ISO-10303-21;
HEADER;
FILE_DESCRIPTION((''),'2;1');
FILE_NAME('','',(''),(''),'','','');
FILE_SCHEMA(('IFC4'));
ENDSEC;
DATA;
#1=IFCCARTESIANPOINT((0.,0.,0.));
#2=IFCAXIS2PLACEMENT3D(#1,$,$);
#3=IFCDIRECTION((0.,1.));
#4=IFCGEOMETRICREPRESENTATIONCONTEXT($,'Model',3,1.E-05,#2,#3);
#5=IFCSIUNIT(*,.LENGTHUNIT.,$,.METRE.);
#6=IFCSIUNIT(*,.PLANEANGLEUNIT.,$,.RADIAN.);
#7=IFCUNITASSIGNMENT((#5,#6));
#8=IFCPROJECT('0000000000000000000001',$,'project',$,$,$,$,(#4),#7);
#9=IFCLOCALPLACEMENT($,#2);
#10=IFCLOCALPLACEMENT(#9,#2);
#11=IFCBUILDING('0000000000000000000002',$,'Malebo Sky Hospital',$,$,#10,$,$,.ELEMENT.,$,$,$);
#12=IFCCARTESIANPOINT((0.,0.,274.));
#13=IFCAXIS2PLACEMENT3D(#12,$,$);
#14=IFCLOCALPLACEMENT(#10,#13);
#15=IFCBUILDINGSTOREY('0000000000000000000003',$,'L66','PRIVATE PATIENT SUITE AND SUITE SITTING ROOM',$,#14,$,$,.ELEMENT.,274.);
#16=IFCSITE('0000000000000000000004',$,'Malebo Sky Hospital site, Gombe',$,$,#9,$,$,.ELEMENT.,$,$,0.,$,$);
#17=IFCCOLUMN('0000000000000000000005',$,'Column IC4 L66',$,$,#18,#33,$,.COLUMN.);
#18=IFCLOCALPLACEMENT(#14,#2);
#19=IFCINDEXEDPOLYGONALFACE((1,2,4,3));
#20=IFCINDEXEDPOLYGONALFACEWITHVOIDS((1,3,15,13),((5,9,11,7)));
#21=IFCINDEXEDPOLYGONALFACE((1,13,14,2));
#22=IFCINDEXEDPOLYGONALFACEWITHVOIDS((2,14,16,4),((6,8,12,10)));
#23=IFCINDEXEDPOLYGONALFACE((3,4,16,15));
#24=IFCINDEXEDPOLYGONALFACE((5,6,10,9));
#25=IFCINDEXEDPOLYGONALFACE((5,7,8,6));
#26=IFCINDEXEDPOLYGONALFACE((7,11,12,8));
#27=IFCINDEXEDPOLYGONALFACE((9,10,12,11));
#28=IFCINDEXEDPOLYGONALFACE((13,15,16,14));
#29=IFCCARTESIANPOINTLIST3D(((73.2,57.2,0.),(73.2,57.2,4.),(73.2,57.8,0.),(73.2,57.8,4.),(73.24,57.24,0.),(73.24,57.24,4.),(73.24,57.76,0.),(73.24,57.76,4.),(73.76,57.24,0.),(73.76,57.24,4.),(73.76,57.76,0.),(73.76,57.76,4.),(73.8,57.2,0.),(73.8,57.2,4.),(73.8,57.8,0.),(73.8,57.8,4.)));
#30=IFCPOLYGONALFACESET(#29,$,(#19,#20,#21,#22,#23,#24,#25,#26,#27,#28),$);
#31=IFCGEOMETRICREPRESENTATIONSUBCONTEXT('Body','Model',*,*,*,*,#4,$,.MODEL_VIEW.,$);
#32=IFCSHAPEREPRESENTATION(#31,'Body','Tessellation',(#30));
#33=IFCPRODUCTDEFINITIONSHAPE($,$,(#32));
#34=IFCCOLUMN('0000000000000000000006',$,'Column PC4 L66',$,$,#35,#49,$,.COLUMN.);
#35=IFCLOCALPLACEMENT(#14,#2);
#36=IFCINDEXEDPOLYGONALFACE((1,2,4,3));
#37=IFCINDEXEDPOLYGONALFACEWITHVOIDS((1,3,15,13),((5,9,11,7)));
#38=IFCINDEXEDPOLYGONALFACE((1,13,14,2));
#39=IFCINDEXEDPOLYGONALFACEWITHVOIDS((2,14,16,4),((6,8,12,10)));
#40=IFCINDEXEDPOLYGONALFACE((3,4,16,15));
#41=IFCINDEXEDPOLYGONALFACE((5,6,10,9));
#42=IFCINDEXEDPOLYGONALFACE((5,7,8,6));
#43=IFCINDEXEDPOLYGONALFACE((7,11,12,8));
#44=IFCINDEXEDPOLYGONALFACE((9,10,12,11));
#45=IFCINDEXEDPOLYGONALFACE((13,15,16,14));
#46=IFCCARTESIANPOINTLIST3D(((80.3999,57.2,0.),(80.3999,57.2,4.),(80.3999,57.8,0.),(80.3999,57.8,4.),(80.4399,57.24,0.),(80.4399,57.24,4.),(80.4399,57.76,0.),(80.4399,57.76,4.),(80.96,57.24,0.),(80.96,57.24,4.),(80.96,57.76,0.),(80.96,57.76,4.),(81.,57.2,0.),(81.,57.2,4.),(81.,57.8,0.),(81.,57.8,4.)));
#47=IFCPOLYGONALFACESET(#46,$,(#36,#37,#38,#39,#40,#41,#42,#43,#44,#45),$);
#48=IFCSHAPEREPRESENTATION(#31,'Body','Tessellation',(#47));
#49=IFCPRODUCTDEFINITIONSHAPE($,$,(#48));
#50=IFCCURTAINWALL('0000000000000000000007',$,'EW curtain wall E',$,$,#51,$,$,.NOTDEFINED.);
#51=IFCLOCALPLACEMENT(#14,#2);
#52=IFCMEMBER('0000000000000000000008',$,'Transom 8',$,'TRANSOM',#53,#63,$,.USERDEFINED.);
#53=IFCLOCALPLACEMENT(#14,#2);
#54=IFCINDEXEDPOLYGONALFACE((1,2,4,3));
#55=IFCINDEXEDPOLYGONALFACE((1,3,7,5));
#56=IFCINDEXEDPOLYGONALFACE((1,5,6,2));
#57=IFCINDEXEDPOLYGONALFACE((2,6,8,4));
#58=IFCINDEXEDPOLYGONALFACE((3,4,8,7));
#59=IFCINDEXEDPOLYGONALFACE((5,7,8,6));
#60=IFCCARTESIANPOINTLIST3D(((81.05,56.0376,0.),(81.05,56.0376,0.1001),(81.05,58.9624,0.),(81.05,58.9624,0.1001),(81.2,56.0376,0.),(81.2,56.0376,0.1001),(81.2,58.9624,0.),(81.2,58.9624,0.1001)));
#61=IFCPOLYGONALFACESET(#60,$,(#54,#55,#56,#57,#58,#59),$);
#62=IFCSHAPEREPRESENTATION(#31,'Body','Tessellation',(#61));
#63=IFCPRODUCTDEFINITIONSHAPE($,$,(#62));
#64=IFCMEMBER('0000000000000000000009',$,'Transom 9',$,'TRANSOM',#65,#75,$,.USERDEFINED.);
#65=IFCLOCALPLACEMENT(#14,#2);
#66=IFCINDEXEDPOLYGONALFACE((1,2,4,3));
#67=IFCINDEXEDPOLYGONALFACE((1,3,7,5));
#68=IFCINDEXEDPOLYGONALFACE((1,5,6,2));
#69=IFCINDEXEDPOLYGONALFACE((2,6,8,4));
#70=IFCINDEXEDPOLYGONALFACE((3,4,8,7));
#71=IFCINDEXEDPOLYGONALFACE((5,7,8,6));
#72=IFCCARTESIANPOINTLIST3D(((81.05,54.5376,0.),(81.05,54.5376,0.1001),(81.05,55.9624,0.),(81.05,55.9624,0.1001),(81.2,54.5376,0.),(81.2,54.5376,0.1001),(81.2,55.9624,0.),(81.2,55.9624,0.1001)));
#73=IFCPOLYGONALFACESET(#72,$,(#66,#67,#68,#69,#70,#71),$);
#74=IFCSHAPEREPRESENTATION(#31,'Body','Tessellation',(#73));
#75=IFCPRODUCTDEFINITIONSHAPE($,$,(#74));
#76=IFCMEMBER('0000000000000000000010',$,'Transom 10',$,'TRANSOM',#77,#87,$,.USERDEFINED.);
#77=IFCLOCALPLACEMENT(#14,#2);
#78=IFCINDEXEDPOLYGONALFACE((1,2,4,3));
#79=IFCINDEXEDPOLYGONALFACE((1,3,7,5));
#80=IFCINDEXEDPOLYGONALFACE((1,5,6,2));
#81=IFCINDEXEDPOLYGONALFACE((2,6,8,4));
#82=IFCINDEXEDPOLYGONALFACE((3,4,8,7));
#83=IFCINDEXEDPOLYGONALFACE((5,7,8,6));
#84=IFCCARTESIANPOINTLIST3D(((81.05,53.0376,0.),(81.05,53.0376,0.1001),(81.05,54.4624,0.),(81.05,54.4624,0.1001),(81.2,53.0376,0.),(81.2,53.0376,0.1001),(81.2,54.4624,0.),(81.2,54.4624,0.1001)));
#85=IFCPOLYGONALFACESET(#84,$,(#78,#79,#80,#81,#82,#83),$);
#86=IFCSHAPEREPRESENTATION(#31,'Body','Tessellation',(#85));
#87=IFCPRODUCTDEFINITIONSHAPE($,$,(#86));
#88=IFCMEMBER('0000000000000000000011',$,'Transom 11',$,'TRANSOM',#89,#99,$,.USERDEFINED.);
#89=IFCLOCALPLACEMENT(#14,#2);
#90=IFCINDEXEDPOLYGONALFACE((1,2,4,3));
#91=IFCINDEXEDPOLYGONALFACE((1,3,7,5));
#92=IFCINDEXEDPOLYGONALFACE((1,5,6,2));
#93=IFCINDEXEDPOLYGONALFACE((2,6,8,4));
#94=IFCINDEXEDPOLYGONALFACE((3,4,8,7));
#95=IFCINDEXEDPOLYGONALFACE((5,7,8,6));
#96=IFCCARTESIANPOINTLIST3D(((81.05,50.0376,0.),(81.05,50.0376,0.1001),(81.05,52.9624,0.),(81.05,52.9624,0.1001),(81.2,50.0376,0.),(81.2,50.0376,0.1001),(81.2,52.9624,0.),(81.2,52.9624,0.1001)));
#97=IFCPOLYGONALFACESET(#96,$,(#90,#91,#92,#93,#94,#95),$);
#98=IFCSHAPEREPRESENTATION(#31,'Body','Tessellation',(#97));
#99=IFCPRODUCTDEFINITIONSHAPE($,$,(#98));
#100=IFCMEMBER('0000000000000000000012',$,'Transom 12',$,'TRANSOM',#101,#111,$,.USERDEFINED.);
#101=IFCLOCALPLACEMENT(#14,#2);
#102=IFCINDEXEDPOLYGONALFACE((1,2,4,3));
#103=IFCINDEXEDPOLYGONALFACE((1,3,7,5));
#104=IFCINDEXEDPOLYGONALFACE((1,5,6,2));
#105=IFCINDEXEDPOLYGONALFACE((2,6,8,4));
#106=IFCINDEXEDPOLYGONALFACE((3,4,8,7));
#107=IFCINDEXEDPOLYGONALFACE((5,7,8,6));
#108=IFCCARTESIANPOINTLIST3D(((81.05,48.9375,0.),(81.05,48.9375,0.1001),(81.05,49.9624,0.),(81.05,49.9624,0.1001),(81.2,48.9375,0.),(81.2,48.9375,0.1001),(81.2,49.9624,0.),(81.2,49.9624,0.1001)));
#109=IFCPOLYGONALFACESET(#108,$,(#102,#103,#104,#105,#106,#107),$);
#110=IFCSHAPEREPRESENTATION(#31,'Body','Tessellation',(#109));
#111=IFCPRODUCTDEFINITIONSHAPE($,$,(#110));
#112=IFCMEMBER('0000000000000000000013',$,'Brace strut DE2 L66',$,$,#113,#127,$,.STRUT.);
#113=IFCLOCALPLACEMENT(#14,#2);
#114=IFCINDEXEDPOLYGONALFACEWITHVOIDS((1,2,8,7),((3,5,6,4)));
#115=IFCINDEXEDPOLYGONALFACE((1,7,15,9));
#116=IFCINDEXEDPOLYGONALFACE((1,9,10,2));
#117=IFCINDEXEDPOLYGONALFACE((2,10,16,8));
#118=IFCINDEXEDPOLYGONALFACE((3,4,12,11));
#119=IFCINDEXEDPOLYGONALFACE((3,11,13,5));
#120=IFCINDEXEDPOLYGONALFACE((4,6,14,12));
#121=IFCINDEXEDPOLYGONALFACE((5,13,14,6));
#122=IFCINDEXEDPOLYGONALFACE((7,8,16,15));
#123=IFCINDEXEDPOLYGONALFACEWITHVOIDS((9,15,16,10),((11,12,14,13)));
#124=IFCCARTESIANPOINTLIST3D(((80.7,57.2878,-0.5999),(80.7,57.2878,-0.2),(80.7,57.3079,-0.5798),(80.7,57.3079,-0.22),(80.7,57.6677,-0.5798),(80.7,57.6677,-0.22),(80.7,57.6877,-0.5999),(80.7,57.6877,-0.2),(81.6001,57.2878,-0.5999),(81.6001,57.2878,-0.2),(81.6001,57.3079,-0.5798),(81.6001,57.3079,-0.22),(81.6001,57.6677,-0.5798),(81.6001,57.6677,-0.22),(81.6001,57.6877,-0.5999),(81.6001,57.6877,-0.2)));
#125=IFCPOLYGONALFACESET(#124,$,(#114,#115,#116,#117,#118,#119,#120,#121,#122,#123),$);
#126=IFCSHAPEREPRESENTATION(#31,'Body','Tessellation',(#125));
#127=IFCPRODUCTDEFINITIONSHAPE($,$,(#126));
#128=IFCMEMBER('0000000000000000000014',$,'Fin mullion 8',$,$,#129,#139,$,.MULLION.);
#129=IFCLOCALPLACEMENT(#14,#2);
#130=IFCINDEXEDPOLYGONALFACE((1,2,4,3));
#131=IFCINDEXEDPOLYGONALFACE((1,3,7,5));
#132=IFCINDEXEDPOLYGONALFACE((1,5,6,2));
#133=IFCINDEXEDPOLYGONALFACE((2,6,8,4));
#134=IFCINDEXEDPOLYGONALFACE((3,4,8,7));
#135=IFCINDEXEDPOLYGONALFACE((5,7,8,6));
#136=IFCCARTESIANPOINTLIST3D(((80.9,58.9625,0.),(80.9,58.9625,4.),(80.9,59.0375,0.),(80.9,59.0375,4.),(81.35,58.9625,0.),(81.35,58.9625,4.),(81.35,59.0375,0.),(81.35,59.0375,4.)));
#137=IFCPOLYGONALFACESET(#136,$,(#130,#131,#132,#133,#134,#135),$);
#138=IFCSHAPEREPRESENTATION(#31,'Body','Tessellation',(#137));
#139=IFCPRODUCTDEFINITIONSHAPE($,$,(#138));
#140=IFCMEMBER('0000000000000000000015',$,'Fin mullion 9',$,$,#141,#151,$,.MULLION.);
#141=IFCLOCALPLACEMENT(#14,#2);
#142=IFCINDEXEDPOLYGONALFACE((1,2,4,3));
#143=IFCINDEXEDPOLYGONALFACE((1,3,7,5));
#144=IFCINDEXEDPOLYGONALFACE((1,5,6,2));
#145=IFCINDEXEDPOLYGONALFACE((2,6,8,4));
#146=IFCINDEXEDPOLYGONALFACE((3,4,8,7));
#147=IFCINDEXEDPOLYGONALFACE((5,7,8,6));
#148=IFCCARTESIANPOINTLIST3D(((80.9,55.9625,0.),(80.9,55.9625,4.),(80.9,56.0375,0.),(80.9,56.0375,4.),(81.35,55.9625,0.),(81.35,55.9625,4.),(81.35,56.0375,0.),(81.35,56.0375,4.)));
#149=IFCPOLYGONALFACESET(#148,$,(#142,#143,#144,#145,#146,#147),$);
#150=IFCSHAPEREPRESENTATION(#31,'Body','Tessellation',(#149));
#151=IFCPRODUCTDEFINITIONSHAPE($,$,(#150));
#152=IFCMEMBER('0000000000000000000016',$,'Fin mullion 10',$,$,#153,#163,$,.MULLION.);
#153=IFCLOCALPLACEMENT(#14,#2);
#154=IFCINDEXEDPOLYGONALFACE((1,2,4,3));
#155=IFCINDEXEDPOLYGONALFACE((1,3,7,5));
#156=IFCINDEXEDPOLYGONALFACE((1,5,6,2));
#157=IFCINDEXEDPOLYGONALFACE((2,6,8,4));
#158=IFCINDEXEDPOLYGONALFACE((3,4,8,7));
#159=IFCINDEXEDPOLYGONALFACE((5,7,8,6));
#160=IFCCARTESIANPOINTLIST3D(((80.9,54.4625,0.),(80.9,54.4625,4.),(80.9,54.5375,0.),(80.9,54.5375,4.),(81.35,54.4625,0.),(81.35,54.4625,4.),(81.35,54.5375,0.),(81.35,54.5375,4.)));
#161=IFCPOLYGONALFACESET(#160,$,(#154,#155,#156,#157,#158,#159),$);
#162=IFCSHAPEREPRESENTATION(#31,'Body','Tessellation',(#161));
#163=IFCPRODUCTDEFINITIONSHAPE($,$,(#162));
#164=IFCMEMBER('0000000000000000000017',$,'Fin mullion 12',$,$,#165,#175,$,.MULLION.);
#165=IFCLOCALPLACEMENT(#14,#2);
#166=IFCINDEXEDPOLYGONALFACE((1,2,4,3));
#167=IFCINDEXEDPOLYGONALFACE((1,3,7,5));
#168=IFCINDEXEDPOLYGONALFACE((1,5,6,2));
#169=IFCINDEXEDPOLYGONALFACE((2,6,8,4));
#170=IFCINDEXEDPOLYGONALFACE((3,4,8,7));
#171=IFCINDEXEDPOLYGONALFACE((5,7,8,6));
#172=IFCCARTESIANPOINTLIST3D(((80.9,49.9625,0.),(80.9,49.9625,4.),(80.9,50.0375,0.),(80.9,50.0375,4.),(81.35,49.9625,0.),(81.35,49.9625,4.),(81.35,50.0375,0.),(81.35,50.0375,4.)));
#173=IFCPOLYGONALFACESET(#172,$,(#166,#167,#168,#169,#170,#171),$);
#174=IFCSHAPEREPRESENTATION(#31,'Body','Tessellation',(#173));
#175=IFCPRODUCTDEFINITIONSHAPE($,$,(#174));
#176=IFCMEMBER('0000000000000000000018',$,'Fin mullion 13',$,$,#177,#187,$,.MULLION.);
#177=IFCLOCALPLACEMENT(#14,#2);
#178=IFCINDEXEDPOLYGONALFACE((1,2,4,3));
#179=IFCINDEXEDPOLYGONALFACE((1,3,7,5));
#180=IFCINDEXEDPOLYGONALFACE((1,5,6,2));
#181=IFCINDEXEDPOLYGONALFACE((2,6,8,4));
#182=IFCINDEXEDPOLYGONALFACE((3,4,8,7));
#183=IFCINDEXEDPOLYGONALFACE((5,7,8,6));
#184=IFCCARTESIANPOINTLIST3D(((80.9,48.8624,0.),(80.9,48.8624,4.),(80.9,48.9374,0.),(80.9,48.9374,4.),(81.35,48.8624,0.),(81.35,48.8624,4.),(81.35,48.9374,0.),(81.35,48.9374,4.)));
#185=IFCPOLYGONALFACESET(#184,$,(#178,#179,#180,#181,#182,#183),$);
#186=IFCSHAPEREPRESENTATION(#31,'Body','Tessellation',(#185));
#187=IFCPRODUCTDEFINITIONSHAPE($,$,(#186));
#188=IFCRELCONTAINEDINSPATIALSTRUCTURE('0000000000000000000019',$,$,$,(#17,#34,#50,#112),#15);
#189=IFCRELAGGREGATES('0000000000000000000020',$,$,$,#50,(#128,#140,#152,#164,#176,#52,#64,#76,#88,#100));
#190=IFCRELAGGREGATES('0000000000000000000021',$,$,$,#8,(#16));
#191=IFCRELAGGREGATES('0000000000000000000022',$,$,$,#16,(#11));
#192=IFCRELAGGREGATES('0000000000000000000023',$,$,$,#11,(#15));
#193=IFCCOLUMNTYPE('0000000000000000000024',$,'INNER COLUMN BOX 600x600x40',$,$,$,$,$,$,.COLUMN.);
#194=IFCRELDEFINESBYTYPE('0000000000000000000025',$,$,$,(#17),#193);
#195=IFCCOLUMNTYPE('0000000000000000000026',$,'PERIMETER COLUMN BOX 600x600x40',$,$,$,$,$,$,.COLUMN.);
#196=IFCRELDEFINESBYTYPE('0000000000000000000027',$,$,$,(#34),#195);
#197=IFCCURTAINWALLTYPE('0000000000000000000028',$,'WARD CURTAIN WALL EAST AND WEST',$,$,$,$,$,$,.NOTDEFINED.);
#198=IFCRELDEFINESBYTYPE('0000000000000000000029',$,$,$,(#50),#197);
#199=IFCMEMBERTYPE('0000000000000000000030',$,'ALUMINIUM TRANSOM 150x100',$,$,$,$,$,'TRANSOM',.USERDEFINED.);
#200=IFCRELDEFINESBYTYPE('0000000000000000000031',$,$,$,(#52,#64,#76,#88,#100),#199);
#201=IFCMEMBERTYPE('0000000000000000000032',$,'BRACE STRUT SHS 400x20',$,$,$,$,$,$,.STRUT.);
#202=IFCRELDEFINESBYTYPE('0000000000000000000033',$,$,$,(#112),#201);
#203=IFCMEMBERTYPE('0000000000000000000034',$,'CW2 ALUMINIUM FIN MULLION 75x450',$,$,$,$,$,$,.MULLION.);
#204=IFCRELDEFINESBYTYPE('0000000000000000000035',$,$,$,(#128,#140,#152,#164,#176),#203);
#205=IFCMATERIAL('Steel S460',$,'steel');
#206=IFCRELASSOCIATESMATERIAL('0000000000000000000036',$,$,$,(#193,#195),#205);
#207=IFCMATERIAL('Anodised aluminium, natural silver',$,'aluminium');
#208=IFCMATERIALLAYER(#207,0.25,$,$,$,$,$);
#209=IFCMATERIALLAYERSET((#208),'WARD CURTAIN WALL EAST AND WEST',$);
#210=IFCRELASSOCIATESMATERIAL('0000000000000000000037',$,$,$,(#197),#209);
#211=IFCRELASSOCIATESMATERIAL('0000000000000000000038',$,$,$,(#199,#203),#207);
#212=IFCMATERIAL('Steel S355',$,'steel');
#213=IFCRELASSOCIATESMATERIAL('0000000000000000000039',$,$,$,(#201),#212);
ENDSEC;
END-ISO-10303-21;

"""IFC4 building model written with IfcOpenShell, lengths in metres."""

from ifc_helpers import new_model, si_unit, direction, frame, origin, origin_2d, place, context, subcontext, project, spatial, rectangle, hollow_rectangle, extrude, material, layer, layer_set, material_profile, profile_set, type_object, element, aggregate, save


model = new_model("IFC4")

# Units and contexts
model_context = context("Model", 3, precision=1e-05, world=origin(), true_north=direction((0.0, 1.0)))
body_context = subcontext(model_context, "Body", "Model", "MODEL_VIEW")
ifc_project = project(units=[si_unit("LENGTHUNIT", "METRE"), si_unit("PLANEANGLEUNIT", "RADIAN")], contexts=[model_context])

# Site, building, storey
site_placement = place(None, origin())
site = spatial("IfcSite", under=ifc_project, at=site_placement, Name="Malebo Sky Hospital site, Gombe", CompositionType="ELEMENT", RefElevation=0.0)
building_placement = place(site_placement, origin())
building = spatial("IfcBuilding", under=site, at=building_placement, Name="Malebo Sky Hospital", CompositionType="ELEMENT")
storey_placement = place(building_placement, frame((0.0, 0.0, 274.0)))
storey = spatial("IfcBuildingStorey", under=building, at=storey_placement, Name="L66", Description="PRIVATE PATIENT SUITE AND SUITE SITTING ROOM", CompositionType="ELEMENT", Elevation=274.0)

# Columns
ifc_material_1 = material(Name="Steel S460", Category="steel")
ifc_material_profile_1 = material_profile(ifc_material_1, hollow_rectangle(XDim=0.6001, YDim=0.6001, WallThickness=0.04, at=origin_2d()), Name="BOX 600x600x40")
ifc_profile_set_1 = profile_set([ifc_material_profile_1], Name="Steel S460")
column_type_1 = type_object("IfcColumnType", Name="INNER COLUMN BOX 600x600x40", PredefinedType="COLUMN", material=ifc_profile_set_1)
column_1_placement = place(storey_placement, frame((73.5, 57.5, 0.0), z_axis=(0.0, 0.0, 1.0), x_axis=(1.0, 0.0, 0.0)))
element("IfcColumn", 1, at=column_1_placement, inside=storey, type_object=column_type_1, Name="Column IC4 L66", PredefinedType="COLUMN", context=body_context, shape_type="SweptSolid", body=[
    extrude(hollow_rectangle(XDim=0.6001, YDim=0.6001, WallThickness=0.04, at=origin_2d()), origin(), (0.0, 0.0, 1.0), 4.0),
])
ifc_material_profile_2 = material_profile(ifc_material_1, hollow_rectangle(XDim=0.6001, YDim=0.6001, WallThickness=0.04, at=origin_2d()), Name="BOX 600x600x40")
ifc_profile_set_2 = profile_set([ifc_material_profile_2], Name="Steel S460")
column_type_2 = type_object("IfcColumnType", Name="PERIMETER COLUMN BOX 600x600x40", PredefinedType="COLUMN", material=ifc_profile_set_2)
column_2_placement = place(storey_placement, frame((80.7, 57.5, 0.0), z_axis=(0.0, 0.0, 1.0), x_axis=(1.0, 0.0, 0.0)))
element("IfcColumn", 2, at=column_2_placement, inside=storey, type_object=column_type_2, Name="Column PC4 L66", PredefinedType="COLUMN", context=body_context, shape_type="SweptSolid", body=[
    extrude(hollow_rectangle(XDim=0.6001, YDim=0.6001, WallThickness=0.04, at=origin_2d()), origin(), (0.0, 0.0, 1.0), 4.0),
])

# Curtain wall, members
ifc_material_2 = material(Name="Anodised aluminium, natural silver", Category="aluminium")
ifc_layer_1 = layer(ifc_material_2, 0.25)
ifc_layer_set_1 = layer_set([ifc_layer_1], Name="WARD CURTAIN WALL EAST AND WEST")
curtain_wall_type = type_object("IfcCurtainWallType", Name="WARD CURTAIN WALL EAST AND WEST", PredefinedType="NOTDEFINED", material=ifc_layer_set_1)
curtain_wall_placement = place(storey_placement, origin())
curtain_wall = element("IfcCurtainWall", 3, at=curtain_wall_placement, inside=storey, type_object=curtain_wall_type, Name="EW curtain wall E", PredefinedType="NOTDEFINED")
ifc_material_profile_3 = material_profile(ifc_material_2, rectangle(XDim=0.1499, YDim=0.1001, at=origin_2d()), Name="ALUMINIUM TRANSOM 150x100")
ifc_profile_set_3 = profile_set([ifc_material_profile_3], Name="Anodised aluminium, natural silver")
member_type_1 = type_object("IfcMemberType", Name="ALUMINIUM TRANSOM 150x100", ElementType="TRANSOM", PredefinedType="USERDEFINED", material=ifc_profile_set_3)
member_1_placement = place(storey_placement, frame((81.125, 58.9624, 0.05), z_axis=(0.0, -1.0, 0.0), x_axis=(1.0, 0.0, 0.0)))
member_1 = element("IfcMember", 4, at=member_1_placement, type_object=member_type_1, Name="Transom 8", ObjectType="TRANSOM", PredefinedType="USERDEFINED", context=body_context, shape_type="SweptSolid", body=[
    extrude(rectangle(XDim=0.1499, YDim=0.1001, at=origin_2d()), origin(), (0.0, 0.0, 1.0), 2.9248),
])
member_2_placement = place(storey_placement, frame((81.125, 55.9624, 0.05), z_axis=(0.0, -1.0, 0.0), x_axis=(1.0, 0.0, 0.0)))
member_2 = element("IfcMember", 5, at=member_2_placement, type_object=member_type_1, Name="Transom 9", ObjectType="TRANSOM", PredefinedType="USERDEFINED", context=body_context, shape_type="SweptSolid", body=[
    extrude(rectangle(XDim=0.1499, YDim=0.1001, at=origin_2d()), origin(), (0.0, 0.0, 1.0), 1.4248),
])
member_3_placement = place(storey_placement, frame((81.125, 54.4624, 0.05), z_axis=(0.0, -1.0, 0.0), x_axis=(1.0, 0.0, 0.0)))
member_3 = element("IfcMember", 6, at=member_3_placement, type_object=member_type_1, Name="Transom 10", ObjectType="TRANSOM", PredefinedType="USERDEFINED", context=body_context, shape_type="SweptSolid", body=[
    extrude(rectangle(XDim=0.1499, YDim=0.1001, at=origin_2d()), origin(), (0.0, 0.0, 1.0), 1.4248),
])
member_4_placement = place(storey_placement, frame((81.125, 52.9624, 0.05), z_axis=(0.0, -1.0, 0.0), x_axis=(1.0, 0.0, 0.0)))
member_4 = element("IfcMember", 7, at=member_4_placement, type_object=member_type_1, Name="Transom 11", ObjectType="TRANSOM", PredefinedType="USERDEFINED", context=body_context, shape_type="SweptSolid", body=[
    extrude(rectangle(XDim=0.1499, YDim=0.1001, at=origin_2d()), origin(), (0.0, 0.0, 1.0), 2.9248),
])
member_5_placement = place(storey_placement, frame((81.125, 49.9624, 0.05), z_axis=(0.0, -1.0, 0.0), x_axis=(1.0, 0.0, 0.0)))
member_5 = element("IfcMember", 8, at=member_5_placement, type_object=member_type_1, Name="Transom 12", ObjectType="TRANSOM", PredefinedType="USERDEFINED", context=body_context, shape_type="SweptSolid", body=[
    extrude(rectangle(XDim=0.1499, YDim=0.1001, at=origin_2d()), origin(), (0.0, 0.0, 1.0), 1.0249),
])

# Members
ifc_material_3 = material(Name="Steel S355", Category="steel")
ifc_material_profile_4 = material_profile(ifc_material_3, hollow_rectangle(XDim=0.3999, YDim=0.3999, WallThickness=0.02, at=origin_2d()), Name="SHS 400x20")
ifc_profile_set_4 = profile_set([ifc_material_profile_4], Name="Steel S355")
member_type_2 = type_object("IfcMemberType", Name="BRACE STRUT SHS 400x20", PredefinedType="STRUT", material=ifc_profile_set_4)
member_6_placement = place(storey_placement, frame((81.6001, 57.4878, -0.3999), z_axis=(-1.0, 0.0, 0.0), x_axis=(0.0, -1.0, 0.0)))
element("IfcMember", 9, at=member_6_placement, inside=storey, type_object=member_type_2, Name="Brace strut DE2 L66", PredefinedType="STRUT", context=body_context, shape_type="SweptSolid", body=[
    extrude(hollow_rectangle(XDim=0.3999, YDim=0.3999, WallThickness=0.02, at=origin_2d()), origin(), (0.0, 0.0, 1.0), 0.9001),
])
ifc_material_profile_5 = material_profile(ifc_material_2, rectangle(XDim=0.075, YDim=0.45, at=origin_2d()), Name="CW2 ALUMINIUM FIN MULLION 75x450")
ifc_profile_set_5 = profile_set([ifc_material_profile_5], Name="Anodised aluminium, natural silver")
member_type_3 = type_object("IfcMemberType", Name="CW2 ALUMINIUM FIN MULLION 75x450", PredefinedType="MULLION", material=ifc_profile_set_5)
member_7_placement = place(storey_placement, frame((81.125, 59.0, 0.0), z_axis=(0.0, 0.0, 1.0), x_axis=(0.0, -1.0, 0.0)))
member_7 = element("IfcMember", 10, at=member_7_placement, type_object=member_type_3, Name="Fin mullion 8", PredefinedType="MULLION", context=body_context, shape_type="SweptSolid", body=[
    extrude(rectangle(XDim=0.075, YDim=0.45, at=origin_2d()), origin(), (0.0, 0.0, 1.0), 4.0),
])
member_8_placement = place(storey_placement, frame((81.125, 56.0, 0.0), z_axis=(0.0, 0.0, 1.0), x_axis=(0.0, -1.0, 0.0)))
member_8 = element("IfcMember", 11, at=member_8_placement, type_object=member_type_3, Name="Fin mullion 9", PredefinedType="MULLION", context=body_context, shape_type="SweptSolid", body=[
    extrude(rectangle(XDim=0.075, YDim=0.45, at=origin_2d()), origin(), (0.0, 0.0, 1.0), 4.0),
])
member_9_placement = place(storey_placement, frame((81.125, 54.5, 0.0), z_axis=(0.0, 0.0, 1.0), x_axis=(0.0, -1.0, 0.0)))
member_9 = element("IfcMember", 12, at=member_9_placement, type_object=member_type_3, Name="Fin mullion 10", PredefinedType="MULLION", context=body_context, shape_type="SweptSolid", body=[
    extrude(rectangle(XDim=0.075, YDim=0.45, at=origin_2d()), origin(), (0.0, 0.0, 1.0), 4.0),
])
member_10_placement = place(storey_placement, frame((81.125, 50.0, 0.0), z_axis=(0.0, 0.0, 1.0), x_axis=(0.0, -1.0, 0.0)))
member_10 = element("IfcMember", 13, at=member_10_placement, type_object=member_type_3, Name="Fin mullion 12", PredefinedType="MULLION", context=body_context, shape_type="SweptSolid", body=[
    extrude(rectangle(XDim=0.075, YDim=0.45, at=origin_2d()), origin(), (0.0, 0.0, 1.0), 4.0),
])
member_11_placement = place(storey_placement, frame((81.125, 48.8999, 0.0), z_axis=(0.0, 0.0, 1.0), x_axis=(0.0, -1.0, 0.0)))
member_11 = element("IfcMember", 14, at=member_11_placement, type_object=member_type_3, Name="Fin mullion 13", PredefinedType="MULLION", context=body_context, shape_type="SweptSolid", body=[
    extrude(rectangle(XDim=0.075, YDim=0.45, at=origin_2d()), origin(), (0.0, 0.0, 1.0), 4.0),
])

aggregate(curtain_wall, [member_7, member_8, member_9, member_10, member_11, member_1, member_2, member_3, member_4, member_5])

save(model, "model.ifc")
